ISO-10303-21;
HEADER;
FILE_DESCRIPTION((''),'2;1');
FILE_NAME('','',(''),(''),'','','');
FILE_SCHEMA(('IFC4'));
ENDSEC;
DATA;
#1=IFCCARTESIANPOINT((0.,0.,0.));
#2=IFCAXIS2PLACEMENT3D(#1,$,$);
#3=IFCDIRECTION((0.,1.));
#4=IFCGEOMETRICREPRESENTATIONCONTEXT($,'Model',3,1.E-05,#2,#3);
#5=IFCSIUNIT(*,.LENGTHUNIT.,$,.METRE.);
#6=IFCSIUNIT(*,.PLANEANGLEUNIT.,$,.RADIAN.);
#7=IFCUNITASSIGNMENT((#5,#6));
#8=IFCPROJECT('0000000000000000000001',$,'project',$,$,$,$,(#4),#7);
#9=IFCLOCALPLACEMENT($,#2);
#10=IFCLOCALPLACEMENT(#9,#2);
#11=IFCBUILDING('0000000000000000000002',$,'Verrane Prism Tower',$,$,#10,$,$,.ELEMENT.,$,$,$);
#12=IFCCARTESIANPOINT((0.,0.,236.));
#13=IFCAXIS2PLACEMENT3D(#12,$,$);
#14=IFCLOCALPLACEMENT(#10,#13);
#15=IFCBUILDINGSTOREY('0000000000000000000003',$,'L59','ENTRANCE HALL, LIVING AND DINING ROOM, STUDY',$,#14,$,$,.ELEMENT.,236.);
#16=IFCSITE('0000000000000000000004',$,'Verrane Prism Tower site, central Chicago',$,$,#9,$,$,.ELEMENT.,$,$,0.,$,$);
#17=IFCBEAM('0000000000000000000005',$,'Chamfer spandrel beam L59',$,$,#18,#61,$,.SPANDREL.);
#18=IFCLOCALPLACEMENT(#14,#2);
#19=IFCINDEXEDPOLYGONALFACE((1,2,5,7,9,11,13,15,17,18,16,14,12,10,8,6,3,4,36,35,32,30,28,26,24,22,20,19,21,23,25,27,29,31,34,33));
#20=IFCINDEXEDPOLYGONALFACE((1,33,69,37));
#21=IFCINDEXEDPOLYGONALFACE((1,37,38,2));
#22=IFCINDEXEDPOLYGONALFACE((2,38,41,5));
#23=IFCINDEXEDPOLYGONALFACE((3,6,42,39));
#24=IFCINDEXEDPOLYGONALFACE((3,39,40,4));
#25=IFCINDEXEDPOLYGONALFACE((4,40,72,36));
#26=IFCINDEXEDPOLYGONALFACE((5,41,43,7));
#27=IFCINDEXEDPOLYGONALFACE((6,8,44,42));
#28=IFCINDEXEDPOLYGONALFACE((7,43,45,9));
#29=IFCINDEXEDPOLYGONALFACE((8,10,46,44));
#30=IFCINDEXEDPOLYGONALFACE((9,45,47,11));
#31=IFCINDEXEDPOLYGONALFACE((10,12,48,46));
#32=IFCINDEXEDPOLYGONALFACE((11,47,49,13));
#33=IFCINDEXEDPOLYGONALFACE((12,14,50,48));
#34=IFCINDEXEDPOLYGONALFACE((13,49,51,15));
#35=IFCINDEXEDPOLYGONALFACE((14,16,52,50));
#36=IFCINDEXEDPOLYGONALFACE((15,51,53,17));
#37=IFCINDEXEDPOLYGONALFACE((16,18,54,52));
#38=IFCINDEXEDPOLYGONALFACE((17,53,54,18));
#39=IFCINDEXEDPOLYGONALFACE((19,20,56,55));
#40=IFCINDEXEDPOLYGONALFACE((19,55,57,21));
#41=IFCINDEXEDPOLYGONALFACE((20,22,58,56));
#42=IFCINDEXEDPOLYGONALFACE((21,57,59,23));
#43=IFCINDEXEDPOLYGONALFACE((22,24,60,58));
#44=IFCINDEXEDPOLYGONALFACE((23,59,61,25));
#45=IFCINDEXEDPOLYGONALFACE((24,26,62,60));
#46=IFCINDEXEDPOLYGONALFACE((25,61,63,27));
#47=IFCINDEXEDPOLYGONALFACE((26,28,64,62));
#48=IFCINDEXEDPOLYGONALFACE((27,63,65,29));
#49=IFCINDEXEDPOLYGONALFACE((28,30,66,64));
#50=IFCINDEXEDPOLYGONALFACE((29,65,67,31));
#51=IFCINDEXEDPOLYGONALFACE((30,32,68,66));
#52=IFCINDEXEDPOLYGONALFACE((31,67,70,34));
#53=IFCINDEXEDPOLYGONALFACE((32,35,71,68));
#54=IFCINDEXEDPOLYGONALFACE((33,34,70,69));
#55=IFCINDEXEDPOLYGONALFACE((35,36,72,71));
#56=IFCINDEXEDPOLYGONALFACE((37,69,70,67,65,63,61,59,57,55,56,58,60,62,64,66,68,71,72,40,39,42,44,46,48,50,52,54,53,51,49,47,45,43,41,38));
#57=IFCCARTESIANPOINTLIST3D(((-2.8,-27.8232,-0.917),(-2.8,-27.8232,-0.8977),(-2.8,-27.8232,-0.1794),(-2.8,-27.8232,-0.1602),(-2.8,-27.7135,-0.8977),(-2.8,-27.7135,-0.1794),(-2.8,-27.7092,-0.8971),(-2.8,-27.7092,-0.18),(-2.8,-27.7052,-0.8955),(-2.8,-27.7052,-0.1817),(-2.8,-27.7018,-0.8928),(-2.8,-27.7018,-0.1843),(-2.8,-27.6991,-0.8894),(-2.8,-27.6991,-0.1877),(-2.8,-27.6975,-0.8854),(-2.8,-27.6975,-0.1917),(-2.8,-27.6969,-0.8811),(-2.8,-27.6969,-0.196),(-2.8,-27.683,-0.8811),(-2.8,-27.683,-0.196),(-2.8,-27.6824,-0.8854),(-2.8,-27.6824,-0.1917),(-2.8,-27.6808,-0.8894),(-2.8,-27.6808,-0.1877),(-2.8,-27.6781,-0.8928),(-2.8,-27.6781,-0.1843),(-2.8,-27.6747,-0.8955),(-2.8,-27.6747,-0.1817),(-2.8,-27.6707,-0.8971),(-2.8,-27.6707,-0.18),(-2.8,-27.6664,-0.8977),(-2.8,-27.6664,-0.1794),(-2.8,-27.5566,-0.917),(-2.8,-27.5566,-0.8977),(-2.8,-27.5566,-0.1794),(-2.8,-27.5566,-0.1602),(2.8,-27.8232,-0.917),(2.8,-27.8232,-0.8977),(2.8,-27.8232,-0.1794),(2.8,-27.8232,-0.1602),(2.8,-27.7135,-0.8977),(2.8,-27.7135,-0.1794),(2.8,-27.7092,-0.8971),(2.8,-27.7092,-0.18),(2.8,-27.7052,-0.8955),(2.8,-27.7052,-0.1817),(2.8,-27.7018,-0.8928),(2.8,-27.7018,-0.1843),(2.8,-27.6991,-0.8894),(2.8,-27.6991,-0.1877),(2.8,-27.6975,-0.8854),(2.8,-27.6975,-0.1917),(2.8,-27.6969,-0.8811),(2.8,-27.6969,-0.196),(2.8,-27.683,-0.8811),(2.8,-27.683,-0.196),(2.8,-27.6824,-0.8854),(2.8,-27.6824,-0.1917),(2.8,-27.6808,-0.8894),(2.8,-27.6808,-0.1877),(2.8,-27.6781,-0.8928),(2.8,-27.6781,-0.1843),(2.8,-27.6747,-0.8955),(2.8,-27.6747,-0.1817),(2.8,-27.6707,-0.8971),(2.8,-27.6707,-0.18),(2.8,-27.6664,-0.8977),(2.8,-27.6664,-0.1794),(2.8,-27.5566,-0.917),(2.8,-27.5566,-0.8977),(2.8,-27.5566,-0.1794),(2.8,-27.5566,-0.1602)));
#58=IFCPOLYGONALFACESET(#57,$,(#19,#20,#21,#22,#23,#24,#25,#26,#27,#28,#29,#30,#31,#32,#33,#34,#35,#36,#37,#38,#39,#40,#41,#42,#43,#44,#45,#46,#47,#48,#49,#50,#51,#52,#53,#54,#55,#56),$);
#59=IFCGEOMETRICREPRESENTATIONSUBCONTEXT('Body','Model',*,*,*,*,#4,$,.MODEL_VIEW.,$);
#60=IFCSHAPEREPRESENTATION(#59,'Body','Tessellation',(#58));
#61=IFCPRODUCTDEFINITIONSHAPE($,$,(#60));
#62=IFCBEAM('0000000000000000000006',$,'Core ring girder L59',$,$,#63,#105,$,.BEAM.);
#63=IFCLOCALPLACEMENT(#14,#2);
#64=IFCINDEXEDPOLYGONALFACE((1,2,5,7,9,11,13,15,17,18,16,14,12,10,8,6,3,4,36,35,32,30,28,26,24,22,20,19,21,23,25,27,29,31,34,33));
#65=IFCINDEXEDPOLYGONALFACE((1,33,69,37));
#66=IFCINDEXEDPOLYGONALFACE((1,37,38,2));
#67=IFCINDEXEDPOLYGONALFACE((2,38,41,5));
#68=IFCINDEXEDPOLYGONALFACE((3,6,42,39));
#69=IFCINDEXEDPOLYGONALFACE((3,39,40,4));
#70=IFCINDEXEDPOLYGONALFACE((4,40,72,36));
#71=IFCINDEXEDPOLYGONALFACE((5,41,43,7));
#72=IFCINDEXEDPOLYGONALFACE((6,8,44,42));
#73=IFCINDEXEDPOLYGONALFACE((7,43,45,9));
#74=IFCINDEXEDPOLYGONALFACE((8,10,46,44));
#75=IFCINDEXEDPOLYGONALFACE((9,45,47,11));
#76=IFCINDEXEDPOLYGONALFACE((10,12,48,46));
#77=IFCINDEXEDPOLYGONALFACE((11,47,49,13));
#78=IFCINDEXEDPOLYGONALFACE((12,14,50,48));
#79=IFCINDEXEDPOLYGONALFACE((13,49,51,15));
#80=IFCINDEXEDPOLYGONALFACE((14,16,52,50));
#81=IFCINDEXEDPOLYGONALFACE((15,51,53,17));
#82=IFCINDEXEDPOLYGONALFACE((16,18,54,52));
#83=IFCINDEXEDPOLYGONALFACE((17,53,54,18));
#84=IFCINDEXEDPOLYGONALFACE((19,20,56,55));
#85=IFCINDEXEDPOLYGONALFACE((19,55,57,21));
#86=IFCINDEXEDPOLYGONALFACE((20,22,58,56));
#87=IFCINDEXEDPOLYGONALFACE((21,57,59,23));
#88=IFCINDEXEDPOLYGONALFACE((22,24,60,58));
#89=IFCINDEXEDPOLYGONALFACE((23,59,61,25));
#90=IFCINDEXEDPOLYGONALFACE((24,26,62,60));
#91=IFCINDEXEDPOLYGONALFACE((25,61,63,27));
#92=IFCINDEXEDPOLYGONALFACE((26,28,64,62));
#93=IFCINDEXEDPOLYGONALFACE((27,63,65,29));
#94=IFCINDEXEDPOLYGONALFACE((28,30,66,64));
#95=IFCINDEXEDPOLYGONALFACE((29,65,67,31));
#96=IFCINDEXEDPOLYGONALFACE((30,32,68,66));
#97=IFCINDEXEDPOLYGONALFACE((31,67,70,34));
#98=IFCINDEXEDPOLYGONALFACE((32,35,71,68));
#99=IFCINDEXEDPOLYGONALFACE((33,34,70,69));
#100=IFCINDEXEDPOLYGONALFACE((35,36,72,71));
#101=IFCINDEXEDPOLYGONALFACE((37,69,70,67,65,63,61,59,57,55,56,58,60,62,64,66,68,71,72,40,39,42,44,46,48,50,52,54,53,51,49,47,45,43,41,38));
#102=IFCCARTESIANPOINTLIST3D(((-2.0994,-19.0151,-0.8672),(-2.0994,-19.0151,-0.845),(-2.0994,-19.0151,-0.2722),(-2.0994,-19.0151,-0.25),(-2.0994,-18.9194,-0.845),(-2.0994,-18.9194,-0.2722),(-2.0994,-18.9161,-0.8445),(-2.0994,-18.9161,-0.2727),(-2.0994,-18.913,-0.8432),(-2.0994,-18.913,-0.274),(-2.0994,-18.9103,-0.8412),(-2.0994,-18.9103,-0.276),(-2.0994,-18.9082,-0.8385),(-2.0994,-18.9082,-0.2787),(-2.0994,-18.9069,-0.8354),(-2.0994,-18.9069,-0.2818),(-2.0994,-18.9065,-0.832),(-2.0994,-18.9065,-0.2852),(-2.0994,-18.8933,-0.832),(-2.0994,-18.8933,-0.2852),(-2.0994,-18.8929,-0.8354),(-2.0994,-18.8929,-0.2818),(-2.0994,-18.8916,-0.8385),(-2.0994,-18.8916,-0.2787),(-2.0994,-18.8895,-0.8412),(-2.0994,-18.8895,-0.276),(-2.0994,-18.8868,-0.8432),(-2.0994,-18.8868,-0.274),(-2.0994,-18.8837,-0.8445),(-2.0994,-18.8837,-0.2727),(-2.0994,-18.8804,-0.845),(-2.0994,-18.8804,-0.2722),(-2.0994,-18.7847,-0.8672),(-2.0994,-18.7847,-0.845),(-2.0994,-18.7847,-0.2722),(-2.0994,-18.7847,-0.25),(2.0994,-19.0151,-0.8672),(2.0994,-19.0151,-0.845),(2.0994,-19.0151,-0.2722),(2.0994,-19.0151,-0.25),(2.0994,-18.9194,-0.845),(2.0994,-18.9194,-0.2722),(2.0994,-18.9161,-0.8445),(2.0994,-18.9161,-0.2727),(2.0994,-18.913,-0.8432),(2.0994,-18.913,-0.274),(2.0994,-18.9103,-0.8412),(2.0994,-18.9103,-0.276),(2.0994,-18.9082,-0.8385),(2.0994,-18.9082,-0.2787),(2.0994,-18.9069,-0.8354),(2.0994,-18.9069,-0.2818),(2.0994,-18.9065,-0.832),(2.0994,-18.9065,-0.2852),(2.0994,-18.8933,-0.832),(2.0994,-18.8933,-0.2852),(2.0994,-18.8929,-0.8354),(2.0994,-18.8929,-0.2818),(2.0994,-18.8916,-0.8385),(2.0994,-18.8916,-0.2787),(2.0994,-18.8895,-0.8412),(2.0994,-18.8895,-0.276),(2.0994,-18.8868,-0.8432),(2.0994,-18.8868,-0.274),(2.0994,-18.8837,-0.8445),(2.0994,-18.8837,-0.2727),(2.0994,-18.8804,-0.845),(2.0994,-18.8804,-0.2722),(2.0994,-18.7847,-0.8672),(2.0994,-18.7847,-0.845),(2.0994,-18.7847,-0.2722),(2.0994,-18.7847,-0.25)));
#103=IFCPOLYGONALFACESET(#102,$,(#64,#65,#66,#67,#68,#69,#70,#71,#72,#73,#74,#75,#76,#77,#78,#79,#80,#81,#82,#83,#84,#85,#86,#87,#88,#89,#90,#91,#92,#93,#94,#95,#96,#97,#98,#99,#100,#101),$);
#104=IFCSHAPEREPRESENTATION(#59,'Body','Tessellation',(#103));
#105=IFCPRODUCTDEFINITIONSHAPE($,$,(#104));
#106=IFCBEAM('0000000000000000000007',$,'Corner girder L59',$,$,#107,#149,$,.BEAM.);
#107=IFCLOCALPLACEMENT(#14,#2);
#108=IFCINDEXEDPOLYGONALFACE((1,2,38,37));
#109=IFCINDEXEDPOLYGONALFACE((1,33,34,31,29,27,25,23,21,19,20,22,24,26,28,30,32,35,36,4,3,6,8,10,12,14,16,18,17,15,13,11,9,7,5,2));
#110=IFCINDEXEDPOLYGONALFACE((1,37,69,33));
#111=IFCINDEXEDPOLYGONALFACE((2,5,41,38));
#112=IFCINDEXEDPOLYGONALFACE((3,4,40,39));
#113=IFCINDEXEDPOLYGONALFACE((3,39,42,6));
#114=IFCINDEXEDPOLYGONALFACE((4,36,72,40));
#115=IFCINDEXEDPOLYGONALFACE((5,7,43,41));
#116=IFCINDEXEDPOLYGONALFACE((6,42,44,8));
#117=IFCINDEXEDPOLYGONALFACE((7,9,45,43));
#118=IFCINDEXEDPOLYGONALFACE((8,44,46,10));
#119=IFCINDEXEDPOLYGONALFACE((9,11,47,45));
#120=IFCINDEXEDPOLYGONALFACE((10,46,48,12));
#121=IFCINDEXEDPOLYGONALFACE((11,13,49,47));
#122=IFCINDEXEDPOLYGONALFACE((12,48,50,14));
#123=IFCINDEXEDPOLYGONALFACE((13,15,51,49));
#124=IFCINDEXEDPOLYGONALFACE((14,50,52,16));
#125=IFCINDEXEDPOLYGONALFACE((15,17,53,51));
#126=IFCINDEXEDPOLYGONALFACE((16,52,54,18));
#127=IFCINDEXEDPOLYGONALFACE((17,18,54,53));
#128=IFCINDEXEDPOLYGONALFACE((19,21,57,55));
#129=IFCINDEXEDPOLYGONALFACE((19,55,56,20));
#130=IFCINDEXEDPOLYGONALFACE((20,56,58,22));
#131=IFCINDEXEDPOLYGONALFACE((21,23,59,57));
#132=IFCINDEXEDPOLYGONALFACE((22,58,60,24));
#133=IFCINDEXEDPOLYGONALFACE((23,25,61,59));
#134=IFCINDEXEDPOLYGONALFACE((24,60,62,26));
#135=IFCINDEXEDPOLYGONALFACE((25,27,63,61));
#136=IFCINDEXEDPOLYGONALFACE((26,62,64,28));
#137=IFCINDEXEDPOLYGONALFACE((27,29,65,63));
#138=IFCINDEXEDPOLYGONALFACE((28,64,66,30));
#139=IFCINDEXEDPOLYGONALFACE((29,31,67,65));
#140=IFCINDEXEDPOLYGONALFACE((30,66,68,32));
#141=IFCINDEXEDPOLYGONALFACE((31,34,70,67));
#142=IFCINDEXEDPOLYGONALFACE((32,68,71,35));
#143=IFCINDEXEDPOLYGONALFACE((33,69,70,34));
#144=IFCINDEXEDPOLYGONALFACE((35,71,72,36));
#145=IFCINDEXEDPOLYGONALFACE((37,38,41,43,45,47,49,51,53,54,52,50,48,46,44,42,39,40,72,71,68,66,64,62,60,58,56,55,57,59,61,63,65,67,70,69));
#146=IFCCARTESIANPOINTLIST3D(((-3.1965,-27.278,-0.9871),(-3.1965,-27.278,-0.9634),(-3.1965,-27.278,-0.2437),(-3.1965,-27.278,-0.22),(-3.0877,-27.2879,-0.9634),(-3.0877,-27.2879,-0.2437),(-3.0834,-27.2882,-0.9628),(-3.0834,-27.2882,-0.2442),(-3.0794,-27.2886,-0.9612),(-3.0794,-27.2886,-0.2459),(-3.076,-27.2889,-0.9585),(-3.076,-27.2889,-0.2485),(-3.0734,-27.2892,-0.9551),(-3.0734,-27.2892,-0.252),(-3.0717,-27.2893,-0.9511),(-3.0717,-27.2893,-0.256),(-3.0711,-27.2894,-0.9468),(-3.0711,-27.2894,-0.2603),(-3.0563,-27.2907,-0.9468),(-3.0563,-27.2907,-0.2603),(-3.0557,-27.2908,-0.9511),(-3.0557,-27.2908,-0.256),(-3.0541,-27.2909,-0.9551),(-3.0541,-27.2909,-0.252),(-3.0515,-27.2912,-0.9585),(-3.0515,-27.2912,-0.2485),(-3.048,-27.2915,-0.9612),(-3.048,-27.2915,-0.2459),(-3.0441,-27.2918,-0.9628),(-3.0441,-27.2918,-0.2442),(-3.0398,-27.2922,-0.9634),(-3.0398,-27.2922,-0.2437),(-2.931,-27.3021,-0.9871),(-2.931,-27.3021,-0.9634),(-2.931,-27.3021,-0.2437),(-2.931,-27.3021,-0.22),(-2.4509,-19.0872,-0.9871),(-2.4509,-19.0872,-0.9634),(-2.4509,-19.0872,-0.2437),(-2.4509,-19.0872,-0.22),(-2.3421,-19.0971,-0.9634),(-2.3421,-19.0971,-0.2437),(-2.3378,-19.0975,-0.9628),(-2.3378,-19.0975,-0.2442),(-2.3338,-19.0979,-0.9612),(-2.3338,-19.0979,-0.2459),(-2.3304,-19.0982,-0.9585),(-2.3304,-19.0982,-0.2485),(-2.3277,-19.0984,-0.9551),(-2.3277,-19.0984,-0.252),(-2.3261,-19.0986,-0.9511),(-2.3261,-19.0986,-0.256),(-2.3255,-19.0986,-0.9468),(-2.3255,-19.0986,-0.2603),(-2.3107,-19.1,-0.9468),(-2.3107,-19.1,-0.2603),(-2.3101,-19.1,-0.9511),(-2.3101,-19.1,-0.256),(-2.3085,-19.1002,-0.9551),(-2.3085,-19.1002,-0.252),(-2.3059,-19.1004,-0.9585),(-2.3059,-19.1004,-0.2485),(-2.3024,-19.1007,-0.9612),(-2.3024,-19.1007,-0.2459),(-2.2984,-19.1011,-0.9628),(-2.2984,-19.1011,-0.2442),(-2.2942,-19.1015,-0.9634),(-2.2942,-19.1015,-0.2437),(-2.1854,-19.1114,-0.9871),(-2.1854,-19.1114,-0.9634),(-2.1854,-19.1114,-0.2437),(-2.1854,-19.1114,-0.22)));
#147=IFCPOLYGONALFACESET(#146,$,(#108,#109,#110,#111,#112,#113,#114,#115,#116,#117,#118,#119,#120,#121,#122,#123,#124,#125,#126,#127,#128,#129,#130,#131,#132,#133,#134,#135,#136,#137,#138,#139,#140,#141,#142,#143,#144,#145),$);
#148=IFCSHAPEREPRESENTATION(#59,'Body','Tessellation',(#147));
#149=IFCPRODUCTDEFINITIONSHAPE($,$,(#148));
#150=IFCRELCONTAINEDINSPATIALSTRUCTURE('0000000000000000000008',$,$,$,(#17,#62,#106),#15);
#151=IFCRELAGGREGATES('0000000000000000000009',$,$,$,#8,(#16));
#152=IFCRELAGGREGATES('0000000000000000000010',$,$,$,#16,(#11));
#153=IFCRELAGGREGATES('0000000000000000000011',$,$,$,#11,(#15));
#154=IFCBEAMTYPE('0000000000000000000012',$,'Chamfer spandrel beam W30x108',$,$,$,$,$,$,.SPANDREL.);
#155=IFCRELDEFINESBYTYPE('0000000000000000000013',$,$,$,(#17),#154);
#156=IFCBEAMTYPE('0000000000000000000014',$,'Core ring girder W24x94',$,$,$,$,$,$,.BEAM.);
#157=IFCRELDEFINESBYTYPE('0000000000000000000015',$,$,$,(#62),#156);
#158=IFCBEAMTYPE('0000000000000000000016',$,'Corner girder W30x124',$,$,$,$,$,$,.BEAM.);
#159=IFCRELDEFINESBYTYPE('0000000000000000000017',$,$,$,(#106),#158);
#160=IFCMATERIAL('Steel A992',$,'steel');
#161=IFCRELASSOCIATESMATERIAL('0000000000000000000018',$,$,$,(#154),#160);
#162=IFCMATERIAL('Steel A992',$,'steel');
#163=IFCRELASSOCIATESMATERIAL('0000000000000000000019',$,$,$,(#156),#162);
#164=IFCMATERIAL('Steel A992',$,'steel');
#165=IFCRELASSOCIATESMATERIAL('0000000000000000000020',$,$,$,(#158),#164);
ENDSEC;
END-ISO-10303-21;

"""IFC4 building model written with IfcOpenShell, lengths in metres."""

from ifc_helpers import new_model, si_unit, direction, frame, origin, origin_2d, place, context, subcontext, project, spatial, i_section, extrude, material, material_profile, profile_set, type_object, element, save


model = new_model("IFC4")

# Units and contexts
model_context = context("Model", 3, precision=1e-05, world=origin(), true_north=direction((0.0, 1.0)))
body_context = subcontext(model_context, "Body", "Model", "MODEL_VIEW")
ifc_project = project(units=[si_unit("LENGTHUNIT", "METRE"), si_unit("PLANEANGLEUNIT", "RADIAN")], contexts=[model_context])

# Site, building, storey
site_placement = place(None, origin())
site = spatial("IfcSite", under=ifc_project, at=site_placement, Name="Verrane Prism Tower site, central Chicago", CompositionType="ELEMENT", RefElevation=0.0)
building_placement = place(site_placement, origin())
building = spatial("IfcBuilding", under=site, at=building_placement, Name="Verrane Prism Tower", CompositionType="ELEMENT")
storey_placement = place(building_placement, frame((0.0, 0.0, 236.0)))
storey = spatial("IfcBuildingStorey", under=building, at=storey_placement, Name="L59", Description="ENTRANCE HALL, LIVING AND DINING ROOM, STUDY", CompositionType="ELEMENT", Elevation=236.0)

# Beams
ifc_material_1 = material(Name="Steel A992", Category="steel")
ifc_material_profile_1 = material_profile(ifc_material_1, i_section(OverallWidth=0.2666, OverallDepth=0.7568, WebThickness=0.0139, FlangeThickness=0.0193, FilletRadius=0.0166, at=origin_2d()), Name="W30x108")
ifc_profile_set_1 = profile_set([ifc_material_profile_1], Name="Steel A992")
beam_type_1 = type_object("IfcBeamType", Name="Chamfer spandrel beam W30x108", PredefinedType="SPANDREL", material=ifc_profile_set_1)
beam_1_placement = place(storey_placement, frame((-2.8, -27.6899, -0.5386), z_axis=(1.0, 0.0, 0.0), x_axis=(0.0, 1.0, 0.0)))
element("IfcBeam", 1, at=beam_1_placement, inside=storey, type_object=beam_type_1, Name="Chamfer spandrel beam L59", PredefinedType="SPANDREL", context=body_context, shape_type="SweptSolid", body=[
    extrude(i_section(OverallWidth=0.2666, OverallDepth=0.7568, WebThickness=0.0139, FlangeThickness=0.0193, FilletRadius=0.0166, at=origin_2d()), origin(), (0.0, 0.0, 1.0), 5.6001),
])
ifc_material_2 = material(Name="Steel A992", Category="steel")
ifc_material_profile_2 = material_profile(ifc_material_2, i_section(OverallWidth=0.2305, OverallDepth=0.6172, WebThickness=0.0132, FlangeThickness=0.0222, FilletRadius=0.0129, at=origin_2d()), Name="W24x94")
ifc_profile_set_2 = profile_set([ifc_material_profile_2], Name="Steel A992")
beam_type_2 = type_object("IfcBeamType", Name="Core ring girder W24x94", PredefinedType="BEAM", material=ifc_profile_set_2)
beam_2_placement = place(storey_placement, frame((-2.0994, -18.8999, -0.5586), z_axis=(1.0, 0.0, 0.0), x_axis=(0.0, 1.0, 0.0)))
element("IfcBeam", 2, at=beam_2_placement, inside=storey, type_object=beam_type_2, Name="Core ring girder L59", PredefinedType="BEAM", context=body_context, shape_type="SweptSolid", body=[
    extrude(i_section(OverallWidth=0.2305, OverallDepth=0.6172, WebThickness=0.0132, FlangeThickness=0.0222, FilletRadius=0.0129, at=origin_2d()), origin(), (0.0, 0.0, 1.0), 4.1987),
])
ifc_material_3 = material(Name="Steel A992", Category="steel")
ifc_material_profile_3 = material_profile(ifc_material_3, i_section(OverallWidth=0.2666, OverallDepth=0.7671, WebThickness=0.0149, FlangeThickness=0.0237, FilletRadius=0.0166, at=origin_2d()), Name="W30x124")
ifc_profile_set_3 = profile_set([ifc_material_profile_3], Name="Steel A992")
beam_type_3 = type_object("IfcBeamType", Name="Corner girder W30x124", PredefinedType="BEAM", material=ifc_profile_set_3)
beam_3_placement = place(storey_placement, frame((-3.0637, -27.29, -0.6035), z_axis=(0.090656, 0.995882, 0.0), x_axis=(-0.995882, 0.090656, 0.0)))
element("IfcBeam", 3, at=beam_3_placement, inside=storey, type_object=beam_type_3, Name="Corner girder L59", PredefinedType="BEAM", context=body_context, shape_type="SweptSolid", body=[
    extrude(i_section(OverallWidth=0.2666, OverallDepth=0.7671, WebThickness=0.0149, FlangeThickness=0.0237, FilletRadius=0.0166, at=origin_2d()), origin(), (0.0, 0.0, 1.0), 8.2246),
])

save(model, "model.ifc")
